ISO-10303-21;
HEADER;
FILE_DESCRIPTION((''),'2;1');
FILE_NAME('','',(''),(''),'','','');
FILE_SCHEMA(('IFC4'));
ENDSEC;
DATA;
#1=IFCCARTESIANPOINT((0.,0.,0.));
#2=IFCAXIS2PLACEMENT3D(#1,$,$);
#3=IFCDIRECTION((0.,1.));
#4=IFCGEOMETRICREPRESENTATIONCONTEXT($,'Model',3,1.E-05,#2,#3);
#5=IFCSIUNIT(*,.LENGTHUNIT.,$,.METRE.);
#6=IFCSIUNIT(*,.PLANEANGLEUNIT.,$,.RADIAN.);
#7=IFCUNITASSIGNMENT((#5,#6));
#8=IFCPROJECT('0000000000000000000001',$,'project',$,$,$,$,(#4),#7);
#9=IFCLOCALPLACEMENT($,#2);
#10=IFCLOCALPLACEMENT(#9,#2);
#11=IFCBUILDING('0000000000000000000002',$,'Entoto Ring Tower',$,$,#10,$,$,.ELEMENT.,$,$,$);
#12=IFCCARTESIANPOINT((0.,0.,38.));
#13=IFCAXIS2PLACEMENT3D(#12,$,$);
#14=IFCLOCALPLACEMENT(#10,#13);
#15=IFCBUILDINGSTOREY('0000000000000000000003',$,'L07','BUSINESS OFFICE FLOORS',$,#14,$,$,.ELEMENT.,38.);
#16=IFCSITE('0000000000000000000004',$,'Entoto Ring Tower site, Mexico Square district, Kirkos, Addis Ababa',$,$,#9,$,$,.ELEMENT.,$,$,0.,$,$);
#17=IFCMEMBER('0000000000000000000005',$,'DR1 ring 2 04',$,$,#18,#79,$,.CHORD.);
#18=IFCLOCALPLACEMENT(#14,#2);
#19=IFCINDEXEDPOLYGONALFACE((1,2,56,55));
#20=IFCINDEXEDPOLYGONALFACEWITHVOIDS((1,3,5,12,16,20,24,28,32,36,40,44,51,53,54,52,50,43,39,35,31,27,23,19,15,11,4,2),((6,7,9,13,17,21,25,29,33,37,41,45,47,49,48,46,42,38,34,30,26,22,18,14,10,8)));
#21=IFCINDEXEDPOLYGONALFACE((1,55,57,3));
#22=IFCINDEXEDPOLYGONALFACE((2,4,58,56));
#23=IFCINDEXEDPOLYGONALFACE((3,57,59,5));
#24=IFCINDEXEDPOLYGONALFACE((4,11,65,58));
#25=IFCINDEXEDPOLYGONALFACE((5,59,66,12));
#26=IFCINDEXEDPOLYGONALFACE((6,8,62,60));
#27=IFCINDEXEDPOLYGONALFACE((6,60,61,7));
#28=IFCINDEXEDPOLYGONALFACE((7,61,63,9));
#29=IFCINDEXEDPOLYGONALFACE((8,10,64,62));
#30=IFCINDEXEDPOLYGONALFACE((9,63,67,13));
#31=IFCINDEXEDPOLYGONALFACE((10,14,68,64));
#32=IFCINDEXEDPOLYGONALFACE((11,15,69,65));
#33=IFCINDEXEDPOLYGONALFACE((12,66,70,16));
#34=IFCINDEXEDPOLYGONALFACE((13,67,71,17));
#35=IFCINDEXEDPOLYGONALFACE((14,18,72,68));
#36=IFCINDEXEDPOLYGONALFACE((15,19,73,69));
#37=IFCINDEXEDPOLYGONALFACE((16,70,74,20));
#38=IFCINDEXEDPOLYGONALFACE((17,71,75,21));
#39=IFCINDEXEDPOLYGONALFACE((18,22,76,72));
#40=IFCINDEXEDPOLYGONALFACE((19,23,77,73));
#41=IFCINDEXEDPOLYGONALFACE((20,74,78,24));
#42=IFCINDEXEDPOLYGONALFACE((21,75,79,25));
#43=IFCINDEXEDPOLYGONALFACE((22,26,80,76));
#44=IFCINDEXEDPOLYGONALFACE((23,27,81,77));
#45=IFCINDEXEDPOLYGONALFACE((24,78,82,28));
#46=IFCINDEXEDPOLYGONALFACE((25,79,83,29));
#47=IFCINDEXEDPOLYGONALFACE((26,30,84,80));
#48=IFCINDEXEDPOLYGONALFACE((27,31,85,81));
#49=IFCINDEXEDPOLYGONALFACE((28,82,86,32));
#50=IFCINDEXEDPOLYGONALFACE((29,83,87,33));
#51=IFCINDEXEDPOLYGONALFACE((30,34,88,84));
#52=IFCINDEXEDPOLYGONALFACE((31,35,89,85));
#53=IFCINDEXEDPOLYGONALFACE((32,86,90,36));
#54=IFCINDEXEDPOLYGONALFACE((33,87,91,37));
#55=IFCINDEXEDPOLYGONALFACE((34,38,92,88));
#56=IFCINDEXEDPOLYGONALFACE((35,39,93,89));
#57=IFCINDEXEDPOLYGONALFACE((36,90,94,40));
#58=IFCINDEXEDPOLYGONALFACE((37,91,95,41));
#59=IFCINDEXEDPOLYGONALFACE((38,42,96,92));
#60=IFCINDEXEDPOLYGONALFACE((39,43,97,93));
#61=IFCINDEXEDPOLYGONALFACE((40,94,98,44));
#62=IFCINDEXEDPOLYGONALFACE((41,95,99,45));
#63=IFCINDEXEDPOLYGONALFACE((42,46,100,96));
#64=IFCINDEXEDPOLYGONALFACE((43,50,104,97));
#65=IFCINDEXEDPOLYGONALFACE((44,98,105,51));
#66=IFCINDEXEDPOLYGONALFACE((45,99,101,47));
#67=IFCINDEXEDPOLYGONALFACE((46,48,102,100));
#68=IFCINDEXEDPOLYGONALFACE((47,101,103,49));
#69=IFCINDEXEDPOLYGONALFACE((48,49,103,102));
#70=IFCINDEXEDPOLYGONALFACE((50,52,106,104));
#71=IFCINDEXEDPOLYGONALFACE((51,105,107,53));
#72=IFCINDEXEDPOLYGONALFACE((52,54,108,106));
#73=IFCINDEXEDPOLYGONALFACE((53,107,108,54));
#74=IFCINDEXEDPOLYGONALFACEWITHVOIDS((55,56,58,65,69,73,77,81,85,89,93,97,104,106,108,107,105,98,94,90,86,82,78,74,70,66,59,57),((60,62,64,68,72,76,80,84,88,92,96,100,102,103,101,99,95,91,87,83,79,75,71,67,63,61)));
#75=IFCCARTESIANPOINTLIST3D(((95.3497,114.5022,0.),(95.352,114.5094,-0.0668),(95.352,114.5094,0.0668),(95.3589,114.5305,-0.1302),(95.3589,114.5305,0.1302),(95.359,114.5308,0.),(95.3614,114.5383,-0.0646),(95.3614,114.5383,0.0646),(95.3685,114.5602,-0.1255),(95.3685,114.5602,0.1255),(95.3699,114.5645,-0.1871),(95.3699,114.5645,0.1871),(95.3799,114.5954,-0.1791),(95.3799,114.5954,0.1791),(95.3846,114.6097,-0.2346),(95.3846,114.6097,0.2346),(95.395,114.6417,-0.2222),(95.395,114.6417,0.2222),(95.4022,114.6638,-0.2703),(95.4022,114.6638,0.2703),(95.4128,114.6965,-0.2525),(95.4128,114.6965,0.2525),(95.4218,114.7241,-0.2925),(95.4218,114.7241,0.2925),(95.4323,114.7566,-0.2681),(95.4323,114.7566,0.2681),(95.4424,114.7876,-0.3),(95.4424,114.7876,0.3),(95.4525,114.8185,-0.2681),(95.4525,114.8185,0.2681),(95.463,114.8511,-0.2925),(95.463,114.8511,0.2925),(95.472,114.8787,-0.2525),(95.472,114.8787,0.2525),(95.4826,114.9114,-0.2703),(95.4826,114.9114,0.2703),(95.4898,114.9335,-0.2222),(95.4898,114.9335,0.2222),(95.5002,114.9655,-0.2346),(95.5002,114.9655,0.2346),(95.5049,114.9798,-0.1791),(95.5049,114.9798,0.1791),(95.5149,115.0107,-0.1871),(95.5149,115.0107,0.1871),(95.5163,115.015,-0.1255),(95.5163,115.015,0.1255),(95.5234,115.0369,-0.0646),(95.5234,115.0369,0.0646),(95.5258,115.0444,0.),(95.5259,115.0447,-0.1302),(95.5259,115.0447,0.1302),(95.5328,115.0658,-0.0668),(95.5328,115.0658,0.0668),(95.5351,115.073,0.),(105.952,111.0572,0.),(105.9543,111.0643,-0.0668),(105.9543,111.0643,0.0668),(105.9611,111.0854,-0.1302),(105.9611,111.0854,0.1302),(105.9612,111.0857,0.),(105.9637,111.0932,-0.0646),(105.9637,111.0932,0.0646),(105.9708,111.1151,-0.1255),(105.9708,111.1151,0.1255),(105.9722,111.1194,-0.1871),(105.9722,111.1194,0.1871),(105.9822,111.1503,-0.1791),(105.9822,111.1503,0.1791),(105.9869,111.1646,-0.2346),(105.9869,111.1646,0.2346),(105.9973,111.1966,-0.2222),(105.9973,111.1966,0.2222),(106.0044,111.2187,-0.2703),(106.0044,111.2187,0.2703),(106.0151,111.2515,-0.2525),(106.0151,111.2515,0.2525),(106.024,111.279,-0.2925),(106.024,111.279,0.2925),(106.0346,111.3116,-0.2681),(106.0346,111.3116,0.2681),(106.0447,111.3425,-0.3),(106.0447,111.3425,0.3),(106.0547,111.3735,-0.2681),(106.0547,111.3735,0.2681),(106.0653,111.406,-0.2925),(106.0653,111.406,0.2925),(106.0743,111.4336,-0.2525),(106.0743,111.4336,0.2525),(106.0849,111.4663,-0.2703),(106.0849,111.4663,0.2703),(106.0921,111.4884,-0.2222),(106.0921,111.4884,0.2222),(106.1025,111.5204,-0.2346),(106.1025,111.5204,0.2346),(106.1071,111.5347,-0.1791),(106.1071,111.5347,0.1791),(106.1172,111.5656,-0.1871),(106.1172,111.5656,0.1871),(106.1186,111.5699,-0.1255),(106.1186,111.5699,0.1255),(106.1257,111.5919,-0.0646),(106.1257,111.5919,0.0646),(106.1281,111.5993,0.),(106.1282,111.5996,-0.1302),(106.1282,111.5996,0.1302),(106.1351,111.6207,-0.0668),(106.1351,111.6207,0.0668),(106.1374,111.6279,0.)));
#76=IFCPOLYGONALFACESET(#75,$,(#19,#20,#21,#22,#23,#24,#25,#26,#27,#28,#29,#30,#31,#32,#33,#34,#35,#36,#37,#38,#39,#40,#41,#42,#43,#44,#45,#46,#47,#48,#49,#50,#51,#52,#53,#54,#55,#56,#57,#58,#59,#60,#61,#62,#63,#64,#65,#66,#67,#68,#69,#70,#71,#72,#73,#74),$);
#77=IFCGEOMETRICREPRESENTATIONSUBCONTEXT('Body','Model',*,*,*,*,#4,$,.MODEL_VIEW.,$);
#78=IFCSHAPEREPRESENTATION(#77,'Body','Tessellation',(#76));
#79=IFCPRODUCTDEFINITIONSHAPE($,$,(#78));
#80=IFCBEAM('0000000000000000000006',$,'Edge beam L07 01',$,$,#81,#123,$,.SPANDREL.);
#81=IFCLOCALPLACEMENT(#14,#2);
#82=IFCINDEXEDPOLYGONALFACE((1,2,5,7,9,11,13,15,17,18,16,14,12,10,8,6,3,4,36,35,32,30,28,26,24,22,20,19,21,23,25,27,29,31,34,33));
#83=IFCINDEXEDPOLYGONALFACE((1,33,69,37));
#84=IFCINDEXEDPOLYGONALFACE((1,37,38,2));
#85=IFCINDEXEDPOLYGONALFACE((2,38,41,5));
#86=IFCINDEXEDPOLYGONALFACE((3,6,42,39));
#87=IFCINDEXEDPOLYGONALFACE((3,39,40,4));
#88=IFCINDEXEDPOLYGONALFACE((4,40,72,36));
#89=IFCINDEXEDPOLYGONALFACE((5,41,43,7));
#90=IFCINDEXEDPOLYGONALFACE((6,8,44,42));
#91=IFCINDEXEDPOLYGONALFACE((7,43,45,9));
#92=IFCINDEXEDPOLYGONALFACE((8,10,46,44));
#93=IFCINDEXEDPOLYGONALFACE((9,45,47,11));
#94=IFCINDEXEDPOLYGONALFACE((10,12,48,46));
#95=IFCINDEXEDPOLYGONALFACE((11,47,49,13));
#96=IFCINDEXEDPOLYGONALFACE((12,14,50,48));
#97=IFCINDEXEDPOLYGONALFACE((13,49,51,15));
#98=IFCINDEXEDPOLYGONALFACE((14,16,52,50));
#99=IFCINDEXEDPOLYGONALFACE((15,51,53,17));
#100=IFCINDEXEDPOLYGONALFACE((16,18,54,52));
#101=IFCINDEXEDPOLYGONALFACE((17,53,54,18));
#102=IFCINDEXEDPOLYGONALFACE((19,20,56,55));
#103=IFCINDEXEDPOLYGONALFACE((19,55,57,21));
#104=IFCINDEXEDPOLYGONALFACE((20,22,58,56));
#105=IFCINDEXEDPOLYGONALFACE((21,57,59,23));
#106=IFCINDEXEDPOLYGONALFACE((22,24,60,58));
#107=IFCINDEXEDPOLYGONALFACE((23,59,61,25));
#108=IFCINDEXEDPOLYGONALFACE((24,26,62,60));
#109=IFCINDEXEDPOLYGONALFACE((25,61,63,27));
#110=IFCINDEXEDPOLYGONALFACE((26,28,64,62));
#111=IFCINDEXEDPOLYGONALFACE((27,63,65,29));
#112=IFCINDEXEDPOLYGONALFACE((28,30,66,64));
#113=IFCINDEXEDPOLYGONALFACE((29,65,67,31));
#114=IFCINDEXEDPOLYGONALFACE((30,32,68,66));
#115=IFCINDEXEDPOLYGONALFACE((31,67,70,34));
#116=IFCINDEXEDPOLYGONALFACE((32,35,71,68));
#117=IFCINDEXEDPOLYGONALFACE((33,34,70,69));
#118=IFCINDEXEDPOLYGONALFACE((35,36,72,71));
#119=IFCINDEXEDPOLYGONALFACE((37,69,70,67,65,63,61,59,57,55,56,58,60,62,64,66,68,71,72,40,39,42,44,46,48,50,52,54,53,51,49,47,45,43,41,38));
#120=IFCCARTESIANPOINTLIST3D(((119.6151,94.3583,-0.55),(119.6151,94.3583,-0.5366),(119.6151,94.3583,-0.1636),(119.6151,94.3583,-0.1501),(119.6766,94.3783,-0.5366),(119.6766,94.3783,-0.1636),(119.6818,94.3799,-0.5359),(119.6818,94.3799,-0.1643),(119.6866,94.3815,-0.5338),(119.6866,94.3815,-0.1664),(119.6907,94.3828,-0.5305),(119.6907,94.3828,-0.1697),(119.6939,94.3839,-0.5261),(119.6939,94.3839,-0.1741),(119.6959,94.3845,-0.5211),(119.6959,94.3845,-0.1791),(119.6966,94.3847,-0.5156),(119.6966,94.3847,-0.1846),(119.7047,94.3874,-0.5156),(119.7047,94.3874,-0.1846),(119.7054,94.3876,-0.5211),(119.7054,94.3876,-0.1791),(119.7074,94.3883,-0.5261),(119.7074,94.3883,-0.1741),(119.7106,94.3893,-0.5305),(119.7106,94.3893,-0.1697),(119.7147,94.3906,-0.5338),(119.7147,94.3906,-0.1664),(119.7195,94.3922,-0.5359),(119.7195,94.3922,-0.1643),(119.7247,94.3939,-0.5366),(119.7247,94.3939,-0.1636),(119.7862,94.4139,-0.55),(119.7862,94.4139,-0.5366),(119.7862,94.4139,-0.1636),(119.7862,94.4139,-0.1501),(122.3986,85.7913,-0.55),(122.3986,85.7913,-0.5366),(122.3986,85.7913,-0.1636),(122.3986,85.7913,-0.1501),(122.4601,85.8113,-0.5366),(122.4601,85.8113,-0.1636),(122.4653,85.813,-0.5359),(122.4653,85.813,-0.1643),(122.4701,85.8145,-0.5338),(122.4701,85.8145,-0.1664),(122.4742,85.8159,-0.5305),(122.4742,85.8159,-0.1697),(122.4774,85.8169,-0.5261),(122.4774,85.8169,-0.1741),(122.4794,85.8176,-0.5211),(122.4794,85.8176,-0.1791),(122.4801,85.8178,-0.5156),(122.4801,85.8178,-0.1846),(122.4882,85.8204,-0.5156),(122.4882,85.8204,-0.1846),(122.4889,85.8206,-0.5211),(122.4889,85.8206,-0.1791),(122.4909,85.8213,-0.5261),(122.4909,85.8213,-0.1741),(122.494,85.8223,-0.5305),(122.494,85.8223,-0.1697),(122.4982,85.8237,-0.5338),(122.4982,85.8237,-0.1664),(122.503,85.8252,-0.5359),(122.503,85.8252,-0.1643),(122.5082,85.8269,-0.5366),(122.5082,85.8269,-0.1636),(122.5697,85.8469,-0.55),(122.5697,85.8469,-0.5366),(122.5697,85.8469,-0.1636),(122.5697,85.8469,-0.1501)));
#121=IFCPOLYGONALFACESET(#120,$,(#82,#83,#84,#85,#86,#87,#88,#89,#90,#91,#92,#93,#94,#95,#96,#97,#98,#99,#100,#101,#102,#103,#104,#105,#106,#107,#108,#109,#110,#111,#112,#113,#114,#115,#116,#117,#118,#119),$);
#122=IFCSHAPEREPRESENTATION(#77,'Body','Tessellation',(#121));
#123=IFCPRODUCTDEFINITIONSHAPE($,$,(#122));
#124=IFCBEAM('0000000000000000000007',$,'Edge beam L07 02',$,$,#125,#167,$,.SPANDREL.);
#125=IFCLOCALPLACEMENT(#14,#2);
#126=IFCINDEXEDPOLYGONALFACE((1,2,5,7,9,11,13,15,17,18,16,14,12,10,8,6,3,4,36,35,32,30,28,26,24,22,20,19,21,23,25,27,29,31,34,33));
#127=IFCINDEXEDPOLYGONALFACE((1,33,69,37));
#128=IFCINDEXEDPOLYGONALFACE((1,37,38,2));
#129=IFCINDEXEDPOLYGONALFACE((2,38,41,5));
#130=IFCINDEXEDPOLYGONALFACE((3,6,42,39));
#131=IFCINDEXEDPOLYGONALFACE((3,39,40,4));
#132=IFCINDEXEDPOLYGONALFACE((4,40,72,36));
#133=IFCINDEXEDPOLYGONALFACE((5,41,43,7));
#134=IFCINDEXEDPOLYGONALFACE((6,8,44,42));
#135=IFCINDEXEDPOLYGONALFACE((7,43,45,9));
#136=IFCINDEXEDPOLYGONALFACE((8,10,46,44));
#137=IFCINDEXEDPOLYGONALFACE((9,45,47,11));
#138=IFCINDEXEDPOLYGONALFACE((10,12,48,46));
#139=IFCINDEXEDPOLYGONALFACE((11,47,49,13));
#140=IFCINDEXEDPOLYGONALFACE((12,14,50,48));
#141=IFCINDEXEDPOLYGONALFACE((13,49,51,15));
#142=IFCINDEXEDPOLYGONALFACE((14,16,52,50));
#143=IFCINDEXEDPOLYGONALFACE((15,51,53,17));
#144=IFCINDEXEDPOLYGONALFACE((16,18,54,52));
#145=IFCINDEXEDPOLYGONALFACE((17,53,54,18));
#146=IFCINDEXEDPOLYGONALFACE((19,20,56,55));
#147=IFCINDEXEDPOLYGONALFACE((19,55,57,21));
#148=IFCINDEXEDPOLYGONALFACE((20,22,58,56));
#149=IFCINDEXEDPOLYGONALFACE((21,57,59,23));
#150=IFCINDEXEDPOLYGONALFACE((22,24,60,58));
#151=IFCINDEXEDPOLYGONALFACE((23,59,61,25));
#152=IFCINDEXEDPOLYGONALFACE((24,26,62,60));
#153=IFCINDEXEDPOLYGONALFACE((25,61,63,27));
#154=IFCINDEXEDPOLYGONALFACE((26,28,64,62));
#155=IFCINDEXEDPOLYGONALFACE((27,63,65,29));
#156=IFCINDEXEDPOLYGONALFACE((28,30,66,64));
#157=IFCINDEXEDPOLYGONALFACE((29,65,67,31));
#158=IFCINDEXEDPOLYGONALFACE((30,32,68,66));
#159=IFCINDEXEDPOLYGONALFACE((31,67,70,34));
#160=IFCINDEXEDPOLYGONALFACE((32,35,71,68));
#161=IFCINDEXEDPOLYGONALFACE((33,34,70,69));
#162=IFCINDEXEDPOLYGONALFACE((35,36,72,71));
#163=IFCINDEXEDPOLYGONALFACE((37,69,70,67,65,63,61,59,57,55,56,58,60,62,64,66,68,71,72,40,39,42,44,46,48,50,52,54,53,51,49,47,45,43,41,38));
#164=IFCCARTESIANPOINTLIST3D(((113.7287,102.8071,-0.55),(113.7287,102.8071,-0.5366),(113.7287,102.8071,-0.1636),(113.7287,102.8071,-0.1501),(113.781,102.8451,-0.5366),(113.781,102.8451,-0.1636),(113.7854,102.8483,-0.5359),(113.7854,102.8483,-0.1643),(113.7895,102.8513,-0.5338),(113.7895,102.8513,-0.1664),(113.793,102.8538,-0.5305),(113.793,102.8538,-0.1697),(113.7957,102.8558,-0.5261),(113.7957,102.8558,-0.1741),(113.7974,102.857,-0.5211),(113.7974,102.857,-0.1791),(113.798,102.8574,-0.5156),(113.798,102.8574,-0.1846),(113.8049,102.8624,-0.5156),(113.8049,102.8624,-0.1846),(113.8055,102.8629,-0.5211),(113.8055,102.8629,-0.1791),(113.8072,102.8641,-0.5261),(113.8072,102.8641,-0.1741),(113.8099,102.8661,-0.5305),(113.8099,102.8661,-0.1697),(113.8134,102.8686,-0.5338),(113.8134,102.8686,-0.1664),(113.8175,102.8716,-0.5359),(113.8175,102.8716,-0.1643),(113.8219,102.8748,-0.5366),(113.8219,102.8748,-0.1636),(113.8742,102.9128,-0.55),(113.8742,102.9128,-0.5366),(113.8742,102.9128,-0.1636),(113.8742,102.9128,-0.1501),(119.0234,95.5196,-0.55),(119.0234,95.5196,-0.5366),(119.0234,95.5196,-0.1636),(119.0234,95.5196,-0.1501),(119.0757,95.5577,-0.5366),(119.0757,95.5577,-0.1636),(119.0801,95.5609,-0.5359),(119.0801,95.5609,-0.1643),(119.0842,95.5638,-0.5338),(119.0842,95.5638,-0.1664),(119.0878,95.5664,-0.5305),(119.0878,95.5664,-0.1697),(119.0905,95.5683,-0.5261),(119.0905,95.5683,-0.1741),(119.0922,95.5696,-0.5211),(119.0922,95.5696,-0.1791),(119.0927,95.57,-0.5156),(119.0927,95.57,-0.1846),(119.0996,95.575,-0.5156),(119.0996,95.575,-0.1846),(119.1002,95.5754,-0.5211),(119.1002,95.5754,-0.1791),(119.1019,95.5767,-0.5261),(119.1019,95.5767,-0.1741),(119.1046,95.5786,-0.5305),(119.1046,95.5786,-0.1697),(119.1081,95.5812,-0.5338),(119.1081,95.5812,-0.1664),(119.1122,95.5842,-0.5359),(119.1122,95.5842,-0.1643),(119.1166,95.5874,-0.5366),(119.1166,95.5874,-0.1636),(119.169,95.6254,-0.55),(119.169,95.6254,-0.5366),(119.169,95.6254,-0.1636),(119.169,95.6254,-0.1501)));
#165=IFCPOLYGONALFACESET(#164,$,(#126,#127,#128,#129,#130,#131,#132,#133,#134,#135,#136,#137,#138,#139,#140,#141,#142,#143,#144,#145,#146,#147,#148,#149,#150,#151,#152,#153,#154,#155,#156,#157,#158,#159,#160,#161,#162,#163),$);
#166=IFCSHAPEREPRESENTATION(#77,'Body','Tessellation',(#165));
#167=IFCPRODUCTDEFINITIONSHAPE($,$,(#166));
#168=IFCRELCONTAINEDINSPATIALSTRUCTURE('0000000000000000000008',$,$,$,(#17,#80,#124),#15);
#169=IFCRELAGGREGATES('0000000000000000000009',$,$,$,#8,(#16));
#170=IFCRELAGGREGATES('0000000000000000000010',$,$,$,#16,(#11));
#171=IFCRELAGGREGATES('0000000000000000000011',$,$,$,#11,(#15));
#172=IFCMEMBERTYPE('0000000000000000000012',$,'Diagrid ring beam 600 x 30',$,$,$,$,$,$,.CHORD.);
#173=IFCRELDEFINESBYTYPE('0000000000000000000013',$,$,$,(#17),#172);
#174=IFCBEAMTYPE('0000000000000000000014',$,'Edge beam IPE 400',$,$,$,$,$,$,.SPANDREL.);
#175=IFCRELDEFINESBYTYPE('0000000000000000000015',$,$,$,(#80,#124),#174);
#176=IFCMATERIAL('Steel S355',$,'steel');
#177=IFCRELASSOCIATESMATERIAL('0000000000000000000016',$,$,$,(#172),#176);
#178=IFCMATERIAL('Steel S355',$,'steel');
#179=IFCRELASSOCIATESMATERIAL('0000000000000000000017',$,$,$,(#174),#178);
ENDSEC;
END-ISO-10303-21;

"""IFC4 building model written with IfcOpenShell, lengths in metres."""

from ifc_helpers import new_model, si_unit, direction, frame, origin, origin_2d, place, context, subcontext, project, spatial, circle, hollow_circle, i_section, extrude, material, material_profile, profile_set, type_object, element, save


model = new_model("IFC4")

# Units and contexts
model_context = context("Model", 3, precision=1e-05, world=origin(), true_north=direction((0.0, 1.0)))
body_context = subcontext(model_context, "Body", "Model", "MODEL_VIEW")
ifc_project = project(units=[si_unit("LENGTHUNIT", "METRE"), si_unit("PLANEANGLEUNIT", "RADIAN")], contexts=[model_context])

# Site, building, storey
site_placement = place(None, origin())
site = spatial("IfcSite", under=ifc_project, at=site_placement, Name="Entoto Ring Tower site, Mexico Square district, Kirkos, Addis Ababa", CompositionType="ELEMENT", RefElevation=0.0)
building_placement = place(site_placement, origin())
building = spatial("IfcBuilding", under=site, at=building_placement, Name="Entoto Ring Tower", CompositionType="ELEMENT")
storey_placement = place(building_placement, frame((0.0, 0.0, 38.0)))
storey = spatial("IfcBuildingStorey", under=building, at=storey_placement, Name="L07", Description="BUSINESS OFFICE FLOORS", CompositionType="ELEMENT", Elevation=38.0)

# Member
ifc_material_1 = material(Name="Steel S355", Category="steel")
ifc_material_profile_1 = material_profile(ifc_material_1, hollow_circle(Radius=0.3, WallThickness=0.03, at=origin_2d()), Name="CHS 600 x 30")
ifc_material_2 = material(Name="Concrete C60/75", Category="concrete")
ifc_material_profile_2 = material_profile(ifc_material_2, circle(Radius=0.27, at=origin_2d()), Name="Concrete C60/75 infill")
ifc_profile_set_1 = profile_set([ifc_material_profile_1, ifc_material_profile_2], Name="Steel S355")
member_type_1 = type_object("IfcMemberType", Name="Diagrid ring beam 600 x 30", PredefinedType="CHORD", material=ifc_profile_set_1)
for number, where, z_axis, x_axis, name in (
    (1, (106.0447, 111.3425, 0.0), (-0.951052, 0.309031, 0.0), (-0.309031, -0.951052, 0.0), "DR1 ring 2 04"),
):
    element("IfcMember", number, at=place(storey_placement, frame(where, z_axis=z_axis, x_axis=x_axis)), inside=storey, type_object=member_type_1, Name=name, PredefinedType="CHORD", context=body_context, shape_type="SweptSolid", body=[
        extrude(hollow_circle(Radius=0.3, WallThickness=0.03, at=origin_2d()), origin(), (0.0, 0.0, 1.0), 11.1479),
    ])

# Beams
ifc_material_3 = material(Name="Steel S355", Category="steel")
ifc_material_profile_3 = material_profile(ifc_material_3, i_section(OverallWidth=0.1799, OverallDepth=0.3999, WebThickness=0.0085, FlangeThickness=0.0134, FilletRadius=0.021, at=origin_2d()), Name="IPE 400")
ifc_profile_set_2 = profile_set([ifc_material_profile_3], Name="Steel S355")
beam_type_1 = type_object("IfcBeamType", Name="Edge beam IPE 400", PredefinedType="SPANDREL", material=ifc_profile_set_2)
for number, where, z_axis, x_axis, name in (
    (2, (122.4841, 85.8191, -0.3501), (-0.309006, 0.95106, 0.0), (-0.95106, -0.309006, 0.0), "Edge beam L07 01"),
    (3, (119.0962, 95.5725, -0.3501), (-0.587793, 0.809011, 0.0), (-0.809011, -0.587793, 0.0), "Edge beam L07 02"),
):
    element("IfcBeam", number, at=place(storey_placement, frame(where, z_axis=z_axis, x_axis=x_axis)), inside=storey, type_object=beam_type_1, Name=name, PredefinedType="SPANDREL", context=body_context, shape_type="SweptSolid", body=[
        extrude(i_section(OverallWidth=0.1799, OverallDepth=0.3999, WebThickness=0.0085, FlangeThickness=0.0134, FilletRadius=0.021, at=origin_2d()), origin(), (0.0, 0.0, 1.0), 9.0078),
    ])

save(model, "model.ifc")
